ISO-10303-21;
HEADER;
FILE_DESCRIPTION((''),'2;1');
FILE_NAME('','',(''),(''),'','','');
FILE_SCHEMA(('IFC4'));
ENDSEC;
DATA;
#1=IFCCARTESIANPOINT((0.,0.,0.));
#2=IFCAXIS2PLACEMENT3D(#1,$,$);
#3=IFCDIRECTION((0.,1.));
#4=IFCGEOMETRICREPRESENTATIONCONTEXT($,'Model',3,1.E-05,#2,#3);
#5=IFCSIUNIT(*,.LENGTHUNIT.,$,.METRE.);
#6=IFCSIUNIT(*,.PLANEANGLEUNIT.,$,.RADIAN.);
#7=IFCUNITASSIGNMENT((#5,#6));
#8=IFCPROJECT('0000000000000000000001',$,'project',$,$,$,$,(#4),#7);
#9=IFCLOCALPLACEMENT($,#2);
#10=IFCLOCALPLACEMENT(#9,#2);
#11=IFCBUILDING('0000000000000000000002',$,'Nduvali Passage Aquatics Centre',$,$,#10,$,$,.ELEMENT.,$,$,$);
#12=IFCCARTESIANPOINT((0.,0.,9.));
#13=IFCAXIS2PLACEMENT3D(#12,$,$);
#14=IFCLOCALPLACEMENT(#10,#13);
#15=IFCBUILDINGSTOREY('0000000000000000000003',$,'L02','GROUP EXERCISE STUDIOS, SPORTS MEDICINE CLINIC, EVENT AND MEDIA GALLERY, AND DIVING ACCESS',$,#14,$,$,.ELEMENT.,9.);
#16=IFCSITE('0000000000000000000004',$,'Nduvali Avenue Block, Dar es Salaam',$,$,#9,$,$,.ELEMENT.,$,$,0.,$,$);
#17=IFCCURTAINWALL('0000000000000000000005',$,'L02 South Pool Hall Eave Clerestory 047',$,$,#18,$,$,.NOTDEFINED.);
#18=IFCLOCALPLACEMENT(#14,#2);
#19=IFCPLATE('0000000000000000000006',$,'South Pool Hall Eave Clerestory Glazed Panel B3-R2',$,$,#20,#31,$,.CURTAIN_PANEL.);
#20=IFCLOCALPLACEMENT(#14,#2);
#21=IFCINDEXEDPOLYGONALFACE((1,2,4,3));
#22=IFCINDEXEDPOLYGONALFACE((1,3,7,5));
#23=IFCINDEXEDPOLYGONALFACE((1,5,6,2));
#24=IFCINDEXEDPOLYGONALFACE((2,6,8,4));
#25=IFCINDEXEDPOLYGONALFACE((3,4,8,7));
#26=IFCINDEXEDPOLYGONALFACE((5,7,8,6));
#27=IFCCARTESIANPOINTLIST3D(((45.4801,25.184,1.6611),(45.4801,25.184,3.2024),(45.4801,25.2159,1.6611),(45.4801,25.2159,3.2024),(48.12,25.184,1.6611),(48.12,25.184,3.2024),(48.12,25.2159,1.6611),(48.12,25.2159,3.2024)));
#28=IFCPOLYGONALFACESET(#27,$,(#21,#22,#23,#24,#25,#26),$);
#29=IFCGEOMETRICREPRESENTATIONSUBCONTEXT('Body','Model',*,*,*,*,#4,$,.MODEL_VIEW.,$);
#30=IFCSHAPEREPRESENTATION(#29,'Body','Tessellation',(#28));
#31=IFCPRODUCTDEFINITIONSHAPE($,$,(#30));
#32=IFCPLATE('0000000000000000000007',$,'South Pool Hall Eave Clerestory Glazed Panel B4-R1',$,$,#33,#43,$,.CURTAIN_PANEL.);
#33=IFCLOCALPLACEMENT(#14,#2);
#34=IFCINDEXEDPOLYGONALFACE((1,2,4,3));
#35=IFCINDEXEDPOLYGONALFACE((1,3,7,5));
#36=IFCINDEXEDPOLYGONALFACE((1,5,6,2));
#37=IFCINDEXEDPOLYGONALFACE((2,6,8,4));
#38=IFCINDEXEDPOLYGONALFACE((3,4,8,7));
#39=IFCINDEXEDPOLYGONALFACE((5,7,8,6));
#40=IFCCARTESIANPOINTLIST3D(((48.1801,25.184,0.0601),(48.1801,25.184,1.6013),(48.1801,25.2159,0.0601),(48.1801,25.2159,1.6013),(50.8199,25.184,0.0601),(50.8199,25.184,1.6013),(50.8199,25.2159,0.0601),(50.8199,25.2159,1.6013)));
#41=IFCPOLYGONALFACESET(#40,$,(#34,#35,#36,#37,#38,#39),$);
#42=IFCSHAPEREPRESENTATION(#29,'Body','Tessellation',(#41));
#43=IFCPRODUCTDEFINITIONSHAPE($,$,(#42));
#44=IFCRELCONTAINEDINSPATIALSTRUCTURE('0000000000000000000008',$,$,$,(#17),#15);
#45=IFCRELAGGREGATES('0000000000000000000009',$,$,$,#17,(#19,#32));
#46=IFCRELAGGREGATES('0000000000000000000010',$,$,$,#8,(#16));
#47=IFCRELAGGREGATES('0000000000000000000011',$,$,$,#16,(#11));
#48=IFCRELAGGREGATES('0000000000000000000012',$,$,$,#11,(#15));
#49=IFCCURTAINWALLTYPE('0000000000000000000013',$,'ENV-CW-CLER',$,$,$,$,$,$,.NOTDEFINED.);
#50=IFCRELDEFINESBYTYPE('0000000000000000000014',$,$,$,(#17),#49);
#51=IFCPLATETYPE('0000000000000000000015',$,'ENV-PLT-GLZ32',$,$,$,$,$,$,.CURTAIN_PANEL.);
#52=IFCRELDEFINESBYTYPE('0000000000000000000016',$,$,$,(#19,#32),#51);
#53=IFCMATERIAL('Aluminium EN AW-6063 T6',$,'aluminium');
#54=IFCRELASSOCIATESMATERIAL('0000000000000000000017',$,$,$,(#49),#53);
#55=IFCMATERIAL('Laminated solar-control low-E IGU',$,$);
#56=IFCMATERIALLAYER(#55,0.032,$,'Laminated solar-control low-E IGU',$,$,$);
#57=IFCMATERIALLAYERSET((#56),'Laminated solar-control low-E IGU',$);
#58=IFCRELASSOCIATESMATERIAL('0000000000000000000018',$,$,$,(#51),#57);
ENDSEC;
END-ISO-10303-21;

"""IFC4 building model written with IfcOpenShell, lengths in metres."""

from ifc_helpers import new_model, si_unit, direction, frame, origin, origin_2d, place, context, subcontext, project, spatial, rectangle, extrude, material, layer, layer_set, type_object, element, aggregate, save


model = new_model("IFC4")

# Units and contexts
model_context = context("Model", 3, precision=1e-05, world=origin(), true_north=direction((0.0, 1.0)))
body_context = subcontext(model_context, "Body", "Model", "MODEL_VIEW")
ifc_project = project(units=[si_unit("LENGTHUNIT", "METRE"), si_unit("PLANEANGLEUNIT", "RADIAN")], contexts=[model_context])

# Site, building, storey
site_placement = place(None, origin())
site = spatial("IfcSite", under=ifc_project, at=site_placement, Name="Nduvali Avenue Block, Dar es Salaam", CompositionType="ELEMENT", RefElevation=0.0)
building_placement = place(site_placement, origin())
building = spatial("IfcBuilding", under=site, at=building_placement, Name="Nduvali Passage Aquatics Centre", CompositionType="ELEMENT")
storey_placement = place(building_placement, frame((0.0, 0.0, 9.0)))
storey = spatial("IfcBuildingStorey", under=building, at=storey_placement, Name="L02", Description="GROUP EXERCISE STUDIOS, SPORTS MEDICINE CLINIC, EVENT AND MEDIA GALLERY, AND DIVING ACCESS", CompositionType="ELEMENT", Elevation=9.0)

# Curtain wall
ifc_material_1 = material(Name="Aluminium EN AW-6063 T6", Category="aluminium")
curtain_wall_type = type_object("IfcCurtainWallType", Name="ENV-CW-CLER", PredefinedType="NOTDEFINED", material=ifc_material_1)
curtain_wall_placement = place(storey_placement, origin())
curtain_wall = element("IfcCurtainWall", 1, at=curtain_wall_placement, inside=storey, type_object=curtain_wall_type, Name="L02 South Pool Hall Eave Clerestory 047", PredefinedType="NOTDEFINED")

# Plates
ifc_material_2 = material(Name="Laminated solar-control low-E IGU")
ifc_layer = layer(ifc_material_2, 0.032, Name="Laminated solar-control low-E IGU")
ifc_layer_set = layer_set([ifc_layer], Name="Laminated solar-control low-E IGU")
plate_type = type_object("IfcPlateType", Name="ENV-PLT-GLZ32", PredefinedType="CURTAIN_PANEL", material=ifc_layer_set)
plate_1_placement = place(storey_placement, frame((46.8, 25.2, 1.6611), z_axis=(0.0, 0.0, 1.0), x_axis=(1.0, 0.0, 0.0)))
plate_1 = element("IfcPlate", 2, at=plate_1_placement, type_object=plate_type, Name="South Pool Hall Eave Clerestory Glazed Panel B3-R2", PredefinedType="CURTAIN_PANEL", context=body_context, shape_type="SweptSolid", body=[
    extrude(rectangle(XDim=2.6399, YDim=0.032, at=origin_2d()), origin(), (0.0, 0.0, 1.0), 1.5413),
])
plate_2_placement = place(storey_placement, frame((49.5, 25.2, 0.0601), z_axis=(0.0, 0.0, 1.0), x_axis=(1.0, 0.0, 0.0)))
plate_2 = element("IfcPlate", 3, at=plate_2_placement, type_object=plate_type, Name="South Pool Hall Eave Clerestory Glazed Panel B4-R1", PredefinedType="CURTAIN_PANEL", context=body_context, shape_type="SweptSolid", body=[
    extrude(rectangle(XDim=2.6399, YDim=0.032, at=origin_2d()), origin(), (0.0, 0.0, 1.0), 1.5413),
])
aggregate(curtain_wall, [plate_1, plate_2])

save(model, "model.ifc")
